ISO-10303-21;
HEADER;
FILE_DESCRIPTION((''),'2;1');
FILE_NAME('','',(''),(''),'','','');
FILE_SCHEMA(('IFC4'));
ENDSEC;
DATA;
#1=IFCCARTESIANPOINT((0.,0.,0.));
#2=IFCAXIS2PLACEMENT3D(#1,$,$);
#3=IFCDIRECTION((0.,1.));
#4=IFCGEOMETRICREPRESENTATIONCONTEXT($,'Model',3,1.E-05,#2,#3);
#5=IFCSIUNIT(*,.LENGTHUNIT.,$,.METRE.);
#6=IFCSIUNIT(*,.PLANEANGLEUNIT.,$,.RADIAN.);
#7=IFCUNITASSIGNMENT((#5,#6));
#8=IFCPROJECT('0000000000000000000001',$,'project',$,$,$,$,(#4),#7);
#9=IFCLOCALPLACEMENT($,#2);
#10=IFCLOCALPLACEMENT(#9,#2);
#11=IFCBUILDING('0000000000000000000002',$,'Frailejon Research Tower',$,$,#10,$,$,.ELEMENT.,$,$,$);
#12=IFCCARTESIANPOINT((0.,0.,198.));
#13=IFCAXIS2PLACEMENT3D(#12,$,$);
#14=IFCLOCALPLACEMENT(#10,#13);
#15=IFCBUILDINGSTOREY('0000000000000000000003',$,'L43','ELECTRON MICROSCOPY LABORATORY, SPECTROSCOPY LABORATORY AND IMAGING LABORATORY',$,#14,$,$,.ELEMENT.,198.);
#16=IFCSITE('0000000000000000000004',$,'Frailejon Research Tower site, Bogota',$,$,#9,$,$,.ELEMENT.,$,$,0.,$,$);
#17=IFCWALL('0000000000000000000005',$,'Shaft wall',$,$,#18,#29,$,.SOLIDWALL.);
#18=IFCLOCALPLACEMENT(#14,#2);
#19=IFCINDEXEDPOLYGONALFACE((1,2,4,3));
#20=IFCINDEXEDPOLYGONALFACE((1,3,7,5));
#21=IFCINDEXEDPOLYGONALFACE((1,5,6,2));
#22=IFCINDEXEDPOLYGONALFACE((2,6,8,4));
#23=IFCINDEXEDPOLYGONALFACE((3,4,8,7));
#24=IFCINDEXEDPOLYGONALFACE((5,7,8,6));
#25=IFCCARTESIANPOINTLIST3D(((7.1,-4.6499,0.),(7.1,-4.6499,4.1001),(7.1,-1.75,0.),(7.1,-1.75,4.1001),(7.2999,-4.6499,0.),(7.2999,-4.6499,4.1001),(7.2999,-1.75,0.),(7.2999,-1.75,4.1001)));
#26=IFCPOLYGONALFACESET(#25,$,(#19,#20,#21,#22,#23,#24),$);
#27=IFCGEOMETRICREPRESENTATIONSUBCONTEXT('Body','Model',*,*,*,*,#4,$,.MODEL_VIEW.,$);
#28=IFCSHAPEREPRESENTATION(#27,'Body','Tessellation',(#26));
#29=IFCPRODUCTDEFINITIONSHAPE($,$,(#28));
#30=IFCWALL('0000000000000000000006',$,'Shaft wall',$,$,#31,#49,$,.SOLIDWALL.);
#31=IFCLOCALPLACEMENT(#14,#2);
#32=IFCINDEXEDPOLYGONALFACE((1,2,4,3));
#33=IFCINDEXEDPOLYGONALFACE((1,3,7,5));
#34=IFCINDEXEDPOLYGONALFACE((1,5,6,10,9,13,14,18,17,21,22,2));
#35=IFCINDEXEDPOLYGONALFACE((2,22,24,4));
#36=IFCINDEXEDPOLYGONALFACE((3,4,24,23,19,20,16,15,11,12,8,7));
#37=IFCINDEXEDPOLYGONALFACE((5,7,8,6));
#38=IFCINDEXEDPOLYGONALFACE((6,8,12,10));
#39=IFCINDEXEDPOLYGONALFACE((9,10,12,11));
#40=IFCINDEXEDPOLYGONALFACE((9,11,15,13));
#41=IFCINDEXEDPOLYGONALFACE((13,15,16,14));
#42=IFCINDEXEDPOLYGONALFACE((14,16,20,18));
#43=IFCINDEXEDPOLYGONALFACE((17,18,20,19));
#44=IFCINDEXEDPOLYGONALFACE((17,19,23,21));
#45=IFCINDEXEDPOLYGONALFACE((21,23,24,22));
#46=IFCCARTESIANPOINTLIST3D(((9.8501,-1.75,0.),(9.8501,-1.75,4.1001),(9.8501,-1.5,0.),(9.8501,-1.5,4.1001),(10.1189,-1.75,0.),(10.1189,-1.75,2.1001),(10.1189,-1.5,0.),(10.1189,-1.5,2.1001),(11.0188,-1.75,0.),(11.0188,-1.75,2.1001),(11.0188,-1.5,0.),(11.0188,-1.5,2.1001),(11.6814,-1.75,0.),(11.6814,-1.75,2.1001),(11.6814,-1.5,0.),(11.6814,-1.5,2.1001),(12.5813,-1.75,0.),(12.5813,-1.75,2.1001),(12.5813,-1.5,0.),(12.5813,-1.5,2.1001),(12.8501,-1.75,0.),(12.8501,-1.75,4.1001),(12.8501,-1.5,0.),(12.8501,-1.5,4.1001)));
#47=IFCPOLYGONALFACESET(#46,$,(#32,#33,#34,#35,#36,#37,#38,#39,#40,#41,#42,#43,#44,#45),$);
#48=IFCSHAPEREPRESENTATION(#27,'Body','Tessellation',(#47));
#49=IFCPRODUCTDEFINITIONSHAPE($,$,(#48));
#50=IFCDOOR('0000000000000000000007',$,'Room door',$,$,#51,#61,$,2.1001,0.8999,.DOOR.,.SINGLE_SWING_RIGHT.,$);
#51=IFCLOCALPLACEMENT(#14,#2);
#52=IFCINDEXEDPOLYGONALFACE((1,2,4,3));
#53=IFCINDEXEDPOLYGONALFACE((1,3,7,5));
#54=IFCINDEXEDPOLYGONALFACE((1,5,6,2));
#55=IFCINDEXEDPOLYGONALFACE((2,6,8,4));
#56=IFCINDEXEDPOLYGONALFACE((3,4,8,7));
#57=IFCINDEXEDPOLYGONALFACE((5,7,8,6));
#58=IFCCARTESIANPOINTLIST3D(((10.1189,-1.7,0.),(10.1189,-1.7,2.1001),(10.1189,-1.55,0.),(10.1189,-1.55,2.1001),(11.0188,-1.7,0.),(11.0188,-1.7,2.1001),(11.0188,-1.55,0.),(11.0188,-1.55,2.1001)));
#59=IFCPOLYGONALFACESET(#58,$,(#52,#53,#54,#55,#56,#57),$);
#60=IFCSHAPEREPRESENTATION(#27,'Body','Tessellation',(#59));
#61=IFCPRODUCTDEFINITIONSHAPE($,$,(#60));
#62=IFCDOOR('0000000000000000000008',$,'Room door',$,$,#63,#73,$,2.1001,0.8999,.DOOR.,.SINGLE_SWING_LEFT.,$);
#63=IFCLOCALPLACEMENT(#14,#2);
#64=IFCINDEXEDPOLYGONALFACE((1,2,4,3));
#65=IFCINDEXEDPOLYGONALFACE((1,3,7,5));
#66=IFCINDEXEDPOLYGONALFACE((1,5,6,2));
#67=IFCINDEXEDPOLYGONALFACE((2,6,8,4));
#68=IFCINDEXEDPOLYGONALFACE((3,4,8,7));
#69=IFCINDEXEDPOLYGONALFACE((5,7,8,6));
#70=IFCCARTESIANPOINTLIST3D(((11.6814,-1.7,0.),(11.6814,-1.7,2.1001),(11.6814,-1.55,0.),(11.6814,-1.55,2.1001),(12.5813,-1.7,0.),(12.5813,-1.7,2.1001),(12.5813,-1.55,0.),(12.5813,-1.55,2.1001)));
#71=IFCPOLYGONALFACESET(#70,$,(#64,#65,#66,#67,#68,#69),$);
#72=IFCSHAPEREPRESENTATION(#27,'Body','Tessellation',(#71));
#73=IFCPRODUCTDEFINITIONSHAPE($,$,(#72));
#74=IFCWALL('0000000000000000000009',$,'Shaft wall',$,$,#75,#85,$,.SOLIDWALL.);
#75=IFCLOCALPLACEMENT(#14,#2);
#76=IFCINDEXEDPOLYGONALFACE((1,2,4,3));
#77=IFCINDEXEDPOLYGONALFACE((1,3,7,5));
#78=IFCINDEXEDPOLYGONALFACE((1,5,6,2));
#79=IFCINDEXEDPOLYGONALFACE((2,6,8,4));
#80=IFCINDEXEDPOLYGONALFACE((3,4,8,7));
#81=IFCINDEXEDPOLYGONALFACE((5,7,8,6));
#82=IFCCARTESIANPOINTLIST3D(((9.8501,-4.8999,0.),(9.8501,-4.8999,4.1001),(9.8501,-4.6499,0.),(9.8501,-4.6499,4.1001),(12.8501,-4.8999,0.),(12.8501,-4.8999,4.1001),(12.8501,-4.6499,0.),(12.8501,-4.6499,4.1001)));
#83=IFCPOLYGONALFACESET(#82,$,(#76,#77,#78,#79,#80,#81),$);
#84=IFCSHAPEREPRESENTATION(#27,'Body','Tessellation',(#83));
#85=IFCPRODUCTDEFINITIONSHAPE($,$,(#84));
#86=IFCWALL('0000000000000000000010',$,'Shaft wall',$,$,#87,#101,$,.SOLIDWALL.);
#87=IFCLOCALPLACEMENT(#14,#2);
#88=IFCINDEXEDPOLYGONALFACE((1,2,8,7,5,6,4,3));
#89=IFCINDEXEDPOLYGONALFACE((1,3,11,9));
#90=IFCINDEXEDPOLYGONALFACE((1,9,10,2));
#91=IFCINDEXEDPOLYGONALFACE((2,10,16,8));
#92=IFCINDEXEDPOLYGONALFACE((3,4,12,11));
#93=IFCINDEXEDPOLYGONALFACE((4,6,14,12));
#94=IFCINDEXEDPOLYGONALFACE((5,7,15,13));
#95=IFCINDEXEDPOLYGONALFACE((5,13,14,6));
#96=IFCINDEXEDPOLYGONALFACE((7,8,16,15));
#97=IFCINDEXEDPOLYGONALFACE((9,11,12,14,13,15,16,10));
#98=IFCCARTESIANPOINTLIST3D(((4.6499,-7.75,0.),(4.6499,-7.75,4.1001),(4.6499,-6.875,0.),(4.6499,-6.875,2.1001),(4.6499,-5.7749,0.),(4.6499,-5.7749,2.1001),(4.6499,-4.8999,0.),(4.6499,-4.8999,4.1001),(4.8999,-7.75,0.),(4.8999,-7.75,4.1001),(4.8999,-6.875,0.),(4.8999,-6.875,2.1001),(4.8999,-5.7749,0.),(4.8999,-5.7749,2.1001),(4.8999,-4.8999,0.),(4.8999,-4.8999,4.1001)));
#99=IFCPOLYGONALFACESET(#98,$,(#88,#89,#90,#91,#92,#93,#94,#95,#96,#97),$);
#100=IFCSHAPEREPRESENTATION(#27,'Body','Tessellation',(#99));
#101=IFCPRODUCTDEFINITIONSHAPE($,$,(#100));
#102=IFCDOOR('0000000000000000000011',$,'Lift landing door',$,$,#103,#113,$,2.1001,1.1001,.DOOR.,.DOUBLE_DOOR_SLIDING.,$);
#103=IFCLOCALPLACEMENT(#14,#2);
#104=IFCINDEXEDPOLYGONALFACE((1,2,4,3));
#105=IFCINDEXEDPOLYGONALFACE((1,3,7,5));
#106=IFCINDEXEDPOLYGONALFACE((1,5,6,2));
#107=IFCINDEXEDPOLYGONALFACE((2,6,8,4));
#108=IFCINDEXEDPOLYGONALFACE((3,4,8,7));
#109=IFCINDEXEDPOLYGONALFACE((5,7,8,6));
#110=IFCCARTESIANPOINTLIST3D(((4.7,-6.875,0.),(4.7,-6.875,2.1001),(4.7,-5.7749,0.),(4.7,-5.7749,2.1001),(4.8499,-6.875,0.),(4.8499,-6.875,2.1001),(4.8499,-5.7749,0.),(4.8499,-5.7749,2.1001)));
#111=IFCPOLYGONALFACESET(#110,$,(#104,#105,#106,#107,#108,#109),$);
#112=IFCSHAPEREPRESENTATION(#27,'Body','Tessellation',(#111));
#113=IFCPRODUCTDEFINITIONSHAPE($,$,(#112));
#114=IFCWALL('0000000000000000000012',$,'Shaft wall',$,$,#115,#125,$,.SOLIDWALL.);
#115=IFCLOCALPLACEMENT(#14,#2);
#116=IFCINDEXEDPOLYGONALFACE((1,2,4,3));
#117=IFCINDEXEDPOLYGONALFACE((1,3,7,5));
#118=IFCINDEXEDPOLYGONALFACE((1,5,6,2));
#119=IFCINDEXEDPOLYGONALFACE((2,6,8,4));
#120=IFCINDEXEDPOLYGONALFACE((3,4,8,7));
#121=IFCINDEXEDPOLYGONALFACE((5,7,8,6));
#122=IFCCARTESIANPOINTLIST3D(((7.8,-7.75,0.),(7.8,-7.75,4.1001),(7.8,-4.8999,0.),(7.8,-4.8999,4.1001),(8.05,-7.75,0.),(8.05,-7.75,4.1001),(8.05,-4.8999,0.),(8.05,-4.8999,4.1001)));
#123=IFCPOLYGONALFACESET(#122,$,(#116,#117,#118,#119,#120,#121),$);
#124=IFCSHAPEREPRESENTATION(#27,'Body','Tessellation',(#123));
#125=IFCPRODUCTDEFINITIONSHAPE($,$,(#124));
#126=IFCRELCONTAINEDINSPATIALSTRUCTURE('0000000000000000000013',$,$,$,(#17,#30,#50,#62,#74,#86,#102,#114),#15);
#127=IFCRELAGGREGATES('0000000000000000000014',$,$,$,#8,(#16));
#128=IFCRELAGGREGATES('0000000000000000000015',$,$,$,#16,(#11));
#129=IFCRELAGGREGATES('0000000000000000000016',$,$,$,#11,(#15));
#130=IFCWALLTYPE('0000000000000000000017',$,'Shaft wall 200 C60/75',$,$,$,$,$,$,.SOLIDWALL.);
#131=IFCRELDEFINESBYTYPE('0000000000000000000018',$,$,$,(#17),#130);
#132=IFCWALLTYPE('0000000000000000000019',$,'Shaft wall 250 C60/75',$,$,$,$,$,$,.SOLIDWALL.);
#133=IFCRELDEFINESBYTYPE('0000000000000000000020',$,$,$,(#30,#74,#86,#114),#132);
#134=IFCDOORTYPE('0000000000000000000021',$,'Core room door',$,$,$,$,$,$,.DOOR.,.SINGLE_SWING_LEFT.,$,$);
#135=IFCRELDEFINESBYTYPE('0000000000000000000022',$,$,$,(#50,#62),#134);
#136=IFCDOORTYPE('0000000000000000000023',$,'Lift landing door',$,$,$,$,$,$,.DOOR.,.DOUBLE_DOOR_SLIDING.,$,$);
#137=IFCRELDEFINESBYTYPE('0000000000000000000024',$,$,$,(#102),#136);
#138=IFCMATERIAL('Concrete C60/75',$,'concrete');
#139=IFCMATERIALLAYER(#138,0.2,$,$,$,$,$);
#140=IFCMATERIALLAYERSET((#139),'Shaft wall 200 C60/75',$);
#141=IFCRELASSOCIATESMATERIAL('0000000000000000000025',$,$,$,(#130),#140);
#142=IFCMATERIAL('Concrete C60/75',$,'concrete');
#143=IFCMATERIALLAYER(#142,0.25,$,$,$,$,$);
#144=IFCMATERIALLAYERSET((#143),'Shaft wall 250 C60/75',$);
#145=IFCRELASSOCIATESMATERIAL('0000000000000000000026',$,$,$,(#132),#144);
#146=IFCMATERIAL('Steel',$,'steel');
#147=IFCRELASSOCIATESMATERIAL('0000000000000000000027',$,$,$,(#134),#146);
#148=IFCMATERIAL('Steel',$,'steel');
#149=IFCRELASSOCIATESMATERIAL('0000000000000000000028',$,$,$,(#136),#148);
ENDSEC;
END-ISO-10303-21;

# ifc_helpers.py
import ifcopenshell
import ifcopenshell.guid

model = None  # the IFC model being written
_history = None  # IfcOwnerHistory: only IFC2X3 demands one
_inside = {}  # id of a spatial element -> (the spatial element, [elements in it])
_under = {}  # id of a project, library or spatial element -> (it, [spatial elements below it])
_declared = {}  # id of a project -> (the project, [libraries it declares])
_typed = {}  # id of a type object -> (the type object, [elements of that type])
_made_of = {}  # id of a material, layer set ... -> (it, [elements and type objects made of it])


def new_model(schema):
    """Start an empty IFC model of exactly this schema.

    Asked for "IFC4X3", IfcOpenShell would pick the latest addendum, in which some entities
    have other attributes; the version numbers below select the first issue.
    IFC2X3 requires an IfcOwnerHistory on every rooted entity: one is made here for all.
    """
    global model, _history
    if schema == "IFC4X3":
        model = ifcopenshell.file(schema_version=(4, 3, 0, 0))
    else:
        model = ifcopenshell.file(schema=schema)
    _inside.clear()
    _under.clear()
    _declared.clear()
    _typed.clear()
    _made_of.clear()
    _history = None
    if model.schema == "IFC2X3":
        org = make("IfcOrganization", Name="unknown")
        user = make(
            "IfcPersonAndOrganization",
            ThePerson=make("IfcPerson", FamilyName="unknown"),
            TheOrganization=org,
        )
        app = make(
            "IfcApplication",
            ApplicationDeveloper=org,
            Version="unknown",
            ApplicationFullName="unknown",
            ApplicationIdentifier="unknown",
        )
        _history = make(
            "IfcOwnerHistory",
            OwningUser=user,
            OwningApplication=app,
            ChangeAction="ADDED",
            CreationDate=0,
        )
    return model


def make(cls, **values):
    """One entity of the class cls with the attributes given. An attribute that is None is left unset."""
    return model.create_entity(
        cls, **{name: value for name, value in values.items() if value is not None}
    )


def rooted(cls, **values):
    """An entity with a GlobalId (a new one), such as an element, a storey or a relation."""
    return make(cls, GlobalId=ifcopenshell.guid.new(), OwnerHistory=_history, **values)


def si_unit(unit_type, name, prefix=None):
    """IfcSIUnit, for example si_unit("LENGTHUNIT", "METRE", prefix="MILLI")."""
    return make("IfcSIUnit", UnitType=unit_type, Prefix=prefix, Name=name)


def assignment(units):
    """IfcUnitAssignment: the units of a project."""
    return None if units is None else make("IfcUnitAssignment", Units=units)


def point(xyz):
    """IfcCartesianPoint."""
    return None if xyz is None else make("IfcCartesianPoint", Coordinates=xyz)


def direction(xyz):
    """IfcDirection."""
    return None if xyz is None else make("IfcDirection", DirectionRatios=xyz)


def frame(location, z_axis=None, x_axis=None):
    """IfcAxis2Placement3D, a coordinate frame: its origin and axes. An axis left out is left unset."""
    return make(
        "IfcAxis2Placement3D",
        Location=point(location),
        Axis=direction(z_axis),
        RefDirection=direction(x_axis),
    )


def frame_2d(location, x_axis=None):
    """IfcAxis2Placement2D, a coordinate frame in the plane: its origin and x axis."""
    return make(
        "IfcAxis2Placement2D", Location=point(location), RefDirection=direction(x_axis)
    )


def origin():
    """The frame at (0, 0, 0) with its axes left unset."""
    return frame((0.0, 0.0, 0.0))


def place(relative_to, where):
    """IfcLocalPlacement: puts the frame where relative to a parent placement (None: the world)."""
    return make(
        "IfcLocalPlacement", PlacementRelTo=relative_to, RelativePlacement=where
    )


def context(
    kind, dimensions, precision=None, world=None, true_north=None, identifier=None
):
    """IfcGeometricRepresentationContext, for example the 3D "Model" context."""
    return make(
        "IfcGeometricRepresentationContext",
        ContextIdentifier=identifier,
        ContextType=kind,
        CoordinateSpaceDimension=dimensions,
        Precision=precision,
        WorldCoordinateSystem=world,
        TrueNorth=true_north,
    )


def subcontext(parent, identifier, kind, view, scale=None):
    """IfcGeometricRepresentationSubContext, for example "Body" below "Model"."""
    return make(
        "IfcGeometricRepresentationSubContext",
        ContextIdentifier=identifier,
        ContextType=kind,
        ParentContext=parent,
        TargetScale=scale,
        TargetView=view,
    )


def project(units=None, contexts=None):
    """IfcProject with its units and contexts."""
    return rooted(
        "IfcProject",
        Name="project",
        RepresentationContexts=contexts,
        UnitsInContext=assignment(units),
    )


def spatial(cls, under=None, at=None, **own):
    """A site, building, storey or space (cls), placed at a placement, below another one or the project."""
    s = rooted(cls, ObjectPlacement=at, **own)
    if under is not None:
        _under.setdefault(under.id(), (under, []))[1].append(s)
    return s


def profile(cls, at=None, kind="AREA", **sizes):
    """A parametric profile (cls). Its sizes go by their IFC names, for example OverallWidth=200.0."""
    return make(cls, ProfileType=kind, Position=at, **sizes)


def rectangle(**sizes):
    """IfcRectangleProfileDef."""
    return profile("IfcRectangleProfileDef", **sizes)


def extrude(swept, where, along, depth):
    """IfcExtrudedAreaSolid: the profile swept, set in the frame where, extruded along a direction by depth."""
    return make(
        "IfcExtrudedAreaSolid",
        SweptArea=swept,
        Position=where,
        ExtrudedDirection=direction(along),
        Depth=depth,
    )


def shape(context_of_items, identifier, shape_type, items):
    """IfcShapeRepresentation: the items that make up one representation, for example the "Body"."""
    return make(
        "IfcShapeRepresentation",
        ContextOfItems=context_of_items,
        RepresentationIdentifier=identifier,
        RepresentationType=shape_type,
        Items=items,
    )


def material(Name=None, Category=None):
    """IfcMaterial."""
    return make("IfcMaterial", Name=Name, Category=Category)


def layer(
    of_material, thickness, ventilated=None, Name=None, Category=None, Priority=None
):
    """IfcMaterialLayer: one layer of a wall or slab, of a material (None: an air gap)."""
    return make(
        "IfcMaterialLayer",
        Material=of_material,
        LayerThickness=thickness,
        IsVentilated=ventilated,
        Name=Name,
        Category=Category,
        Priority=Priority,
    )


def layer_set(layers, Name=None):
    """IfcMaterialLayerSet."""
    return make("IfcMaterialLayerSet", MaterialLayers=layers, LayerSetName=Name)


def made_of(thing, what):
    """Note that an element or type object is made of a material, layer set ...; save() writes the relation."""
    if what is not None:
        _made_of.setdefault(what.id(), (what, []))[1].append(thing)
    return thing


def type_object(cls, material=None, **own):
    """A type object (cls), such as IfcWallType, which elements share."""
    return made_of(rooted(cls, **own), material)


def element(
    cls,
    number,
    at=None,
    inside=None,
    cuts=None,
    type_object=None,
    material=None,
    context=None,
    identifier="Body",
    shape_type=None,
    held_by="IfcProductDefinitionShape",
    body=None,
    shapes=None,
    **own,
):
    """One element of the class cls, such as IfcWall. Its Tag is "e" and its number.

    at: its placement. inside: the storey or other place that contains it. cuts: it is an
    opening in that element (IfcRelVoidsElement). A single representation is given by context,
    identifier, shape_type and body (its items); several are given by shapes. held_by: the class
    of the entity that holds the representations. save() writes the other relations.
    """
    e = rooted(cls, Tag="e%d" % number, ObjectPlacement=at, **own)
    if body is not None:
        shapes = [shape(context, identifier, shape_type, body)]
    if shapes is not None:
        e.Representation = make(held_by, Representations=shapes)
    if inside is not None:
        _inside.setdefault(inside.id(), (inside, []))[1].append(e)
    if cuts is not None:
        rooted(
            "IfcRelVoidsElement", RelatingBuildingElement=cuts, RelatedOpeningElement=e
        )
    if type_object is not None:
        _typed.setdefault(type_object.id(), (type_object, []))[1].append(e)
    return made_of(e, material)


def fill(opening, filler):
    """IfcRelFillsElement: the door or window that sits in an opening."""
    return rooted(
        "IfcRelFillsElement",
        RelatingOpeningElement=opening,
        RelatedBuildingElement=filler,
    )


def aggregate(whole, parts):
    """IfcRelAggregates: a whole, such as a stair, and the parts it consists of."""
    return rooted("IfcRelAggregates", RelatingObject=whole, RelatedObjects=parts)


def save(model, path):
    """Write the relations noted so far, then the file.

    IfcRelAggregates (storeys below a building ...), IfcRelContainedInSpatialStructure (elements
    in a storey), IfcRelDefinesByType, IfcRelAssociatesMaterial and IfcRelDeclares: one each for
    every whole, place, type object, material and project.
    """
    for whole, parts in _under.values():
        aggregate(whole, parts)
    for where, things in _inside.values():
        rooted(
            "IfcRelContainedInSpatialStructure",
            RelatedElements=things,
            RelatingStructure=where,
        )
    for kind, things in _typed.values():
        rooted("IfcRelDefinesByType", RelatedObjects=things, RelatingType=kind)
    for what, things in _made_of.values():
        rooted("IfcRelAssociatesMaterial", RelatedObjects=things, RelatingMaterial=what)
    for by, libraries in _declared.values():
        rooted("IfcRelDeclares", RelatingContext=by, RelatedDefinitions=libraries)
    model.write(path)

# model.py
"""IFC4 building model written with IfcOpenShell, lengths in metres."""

from ifc_helpers import new_model, si_unit, direction, frame, frame_2d, origin, place, context, subcontext, project, spatial, rectangle, extrude, material, layer, layer_set, type_object, element, fill, save


model = new_model("IFC4")

# Units and contexts
model_context = context("Model", 3, precision=1e-05, world=origin(), true_north=direction((0.0, 1.0)))
body_context = subcontext(model_context, "Body", "Model", "MODEL_VIEW")
ifc_project = project(units=[si_unit("LENGTHUNIT", "METRE"), si_unit("PLANEANGLEUNIT", "RADIAN")], contexts=[model_context])

# Site, building, storey
site_placement = place(None, origin())
site = spatial("IfcSite", under=ifc_project, at=site_placement, Name="Frailejon Research Tower site, Bogota", CompositionType="ELEMENT", RefElevation=0.0)
building_placement = place(site_placement, origin())
building = spatial("IfcBuilding", under=site, at=building_placement, Name="Frailejon Research Tower", CompositionType="ELEMENT")
storey_placement = place(building_placement, frame((0.0, 0.0, 198.0)))
storey = spatial("IfcBuildingStorey", under=building, at=storey_placement, Name="L43", Description="ELECTRON MICROSCOPY LABORATORY, SPECTROSCOPY LABORATORY AND IMAGING LABORATORY", CompositionType="ELEMENT", Elevation=198.0)

# Wall
ifc_material_1 = material(Name="Concrete C60/75", Category="concrete")
ifc_layer_1 = layer(ifc_material_1, 0.2)
ifc_layer_set_1 = layer_set([ifc_layer_1], Name="Shaft wall 200 C60/75")
wall_type_1 = type_object("IfcWallType", Name="Shaft wall 200 C60/75", PredefinedType="SOLIDWALL", material=ifc_layer_set_1)
for number, where, z_axis, x_axis, name in (
    (1, (7.2, -4.6499, 0.0), (0.0, 0.0, 1.0), (0.0, 1.0, 0.0), "Shaft wall"),
):
    element("IfcWall", number, at=place(storey_placement, frame(where, z_axis=z_axis, x_axis=x_axis)), inside=storey, type_object=wall_type_1, Name=name, PredefinedType="SOLIDWALL", context=body_context, shape_type="SweptSolid", body=[
        extrude(rectangle(XDim=2.8999, YDim=0.2, at=frame_2d((1.45, 0.0))), origin(), (0.0, 0.0, 1.0), 4.1001),
    ])

# Wall, openings, doors
ifc_material_2 = material(Name="Concrete C60/75", Category="concrete")
ifc_layer_2 = layer(ifc_material_2, 0.25)
ifc_layer_set_2 = layer_set([ifc_layer_2], Name="Shaft wall 250 C60/75")
wall_type_2 = type_object("IfcWallType", Name="Shaft wall 250 C60/75", PredefinedType="SOLIDWALL", material=ifc_layer_set_2)
wall_1_placement = place(storey_placement, frame((9.8501, -1.625, 0.0), z_axis=(0.0, 0.0, 1.0), x_axis=(1.0, 0.0, 0.0)))
wall_1 = element("IfcWall", 2, at=wall_1_placement, inside=storey, type_object=wall_type_2, Name="Shaft wall", PredefinedType="SOLIDWALL", context=body_context, shape_type="SweptSolid", body=[
    extrude(rectangle(XDim=3.0, YDim=0.25, at=frame_2d((1.5, 0.0))), origin(), (0.0, 0.0, 1.0), 4.1001),
])
opening_1_placement = place(wall_1_placement, frame((0.2688, 0.0, 0.0)))
opening_1 = element("IfcOpeningElement", 3, at=opening_1_placement, cuts=wall_1, PredefinedType="OPENING", context=body_context, shape_type="SweptSolid", body=[
    extrude(rectangle(XDim=0.8999, YDim=2.1001, at=frame_2d((0.45, 1.05))), frame((0.0, 0.135, 0.0), z_axis=(0.0, -1.0, 0.0), x_axis=(1.0, 0.0, 0.0)), (0.0, 0.0, 1.0), 0.27),
])
opening_2_placement = place(wall_1_placement, frame((1.8313, 0.0, 0.0)))
opening_2 = element("IfcOpeningElement", 4, at=opening_2_placement, cuts=wall_1, PredefinedType="OPENING", context=body_context, shape_type="SweptSolid", body=[
    extrude(rectangle(XDim=0.8999, YDim=2.1001, at=frame_2d((0.45, 1.05))), frame((0.0, 0.135, 0.0), z_axis=(0.0, -1.0, 0.0), x_axis=(1.0, 0.0, 0.0)), (0.0, 0.0, 1.0), 0.27),
])
ifc_material_3 = material(Name="Steel", Category="steel")
door_type_1 = type_object("IfcDoorType", Name="Core room door", OperationType="SINGLE_SWING_LEFT", PredefinedType="DOOR", material=ifc_material_3)
door_1_placement = place(opening_1_placement, origin())
door_1 = element("IfcDoor", 5, at=door_1_placement, inside=storey, type_object=door_type_1, Name="Room door", OperationType="SINGLE_SWING_RIGHT", OverallHeight=2.1001, OverallWidth=0.8999, PredefinedType="DOOR", context=body_context, shape_type="SweptSolid", body=[
    extrude(rectangle(XDim=0.8999, YDim=2.1001, at=frame_2d((0.45, 1.05))), frame((0.0, 0.075, 0.0), z_axis=(0.0, -1.0, 0.0), x_axis=(1.0, 0.0, 0.0)), (0.0, 0.0, 1.0), 0.1499),
])
fill(opening_1, door_1)
door_2_placement = place(opening_2_placement, origin())
door_2 = element("IfcDoor", 6, at=door_2_placement, inside=storey, type_object=door_type_1, Name="Room door", OperationType="SINGLE_SWING_LEFT", OverallHeight=2.1001, OverallWidth=0.8999, PredefinedType="DOOR", context=body_context, shape_type="SweptSolid", body=[
    extrude(rectangle(XDim=0.8999, YDim=2.1001, at=frame_2d((0.45, 1.05))), frame((0.0, 0.075, 0.0), z_axis=(0.0, -1.0, 0.0), x_axis=(1.0, 0.0, 0.0)), (0.0, 0.0, 1.0), 0.1499),
])
fill(opening_2, door_2)

# Wall
wall_2_placement = place(storey_placement, frame((9.8501, -4.7749, 0.0), z_axis=(0.0, 0.0, 1.0), x_axis=(1.0, 0.0, 0.0)))
element("IfcWall", 7, at=wall_2_placement, inside=storey, type_object=wall_type_2, Name="Shaft wall", PredefinedType="SOLIDWALL", context=body_context, shape_type="SweptSolid", body=[
    extrude(rectangle(XDim=3.0, YDim=0.25, at=frame_2d((1.5, 0.0))), origin(), (0.0, 0.0, 1.0), 4.1001),
])

# Wall, opening, door
wall_3_placement = place(storey_placement, frame((4.7749, -7.75, 0.0), z_axis=(0.0, 0.0, 1.0), x_axis=(0.0, 1.0, 0.0)))
wall_3 = element("IfcWall", 8, at=wall_3_placement, inside=storey, type_object=wall_type_2, Name="Shaft wall", PredefinedType="SOLIDWALL", context=body_context, shape_type="SweptSolid", body=[
    extrude(rectangle(XDim=2.8501, YDim=0.25, at=frame_2d((1.425, 0.0))), origin(), (0.0, 0.0, 1.0), 4.1001),
])
opening_3_placement = place(wall_3_placement, frame((0.875, 0.0, 0.0)))
opening_3 = element("IfcOpeningElement", 9, at=opening_3_placement, cuts=wall_3, PredefinedType="OPENING", context=body_context, shape_type="SweptSolid", body=[
    extrude(rectangle(XDim=1.1001, YDim=2.1001, at=frame_2d((0.55, 1.05))), frame((0.0, 0.135, 0.0), z_axis=(0.0, -1.0, 0.0), x_axis=(1.0, 0.0, 0.0)), (0.0, 0.0, 1.0), 0.27),
])
ifc_material_4 = material(Name="Steel", Category="steel")
door_type_2 = type_object("IfcDoorType", Name="Lift landing door", OperationType="DOUBLE_DOOR_SLIDING", PredefinedType="DOOR", material=ifc_material_4)
door_3_placement = place(opening_3_placement, origin())
door_3 = element("IfcDoor", 10, at=door_3_placement, inside=storey, type_object=door_type_2, Name="Lift landing door", OperationType="DOUBLE_DOOR_SLIDING", OverallHeight=2.1001, OverallWidth=1.1001, PredefinedType="DOOR", context=body_context, shape_type="SweptSolid", body=[
    extrude(rectangle(XDim=1.1001, YDim=2.1001, at=frame_2d((0.55, 1.05))), frame((0.0, 0.075, 0.0), z_axis=(0.0, -1.0, 0.0), x_axis=(1.0, 0.0, 0.0)), (0.0, 0.0, 1.0), 0.1499),
])
fill(opening_3, door_3)

# Wall
wall_4_placement = place(storey_placement, frame((7.925, -7.75, 0.0), z_axis=(0.0, 0.0, 1.0), x_axis=(0.0, 1.0, 0.0)))
element("IfcWall", 11, at=wall_4_placement, inside=storey, type_object=wall_type_2, Name="Shaft wall", PredefinedType="SOLIDWALL", context=body_context, shape_type="SweptSolid", body=[
    extrude(rectangle(XDim=2.8501, YDim=0.25, at=frame_2d((1.425, 0.0))), origin(), (0.0, 0.0, 1.0), 4.1001),
])

save(model, "model.ifc")
